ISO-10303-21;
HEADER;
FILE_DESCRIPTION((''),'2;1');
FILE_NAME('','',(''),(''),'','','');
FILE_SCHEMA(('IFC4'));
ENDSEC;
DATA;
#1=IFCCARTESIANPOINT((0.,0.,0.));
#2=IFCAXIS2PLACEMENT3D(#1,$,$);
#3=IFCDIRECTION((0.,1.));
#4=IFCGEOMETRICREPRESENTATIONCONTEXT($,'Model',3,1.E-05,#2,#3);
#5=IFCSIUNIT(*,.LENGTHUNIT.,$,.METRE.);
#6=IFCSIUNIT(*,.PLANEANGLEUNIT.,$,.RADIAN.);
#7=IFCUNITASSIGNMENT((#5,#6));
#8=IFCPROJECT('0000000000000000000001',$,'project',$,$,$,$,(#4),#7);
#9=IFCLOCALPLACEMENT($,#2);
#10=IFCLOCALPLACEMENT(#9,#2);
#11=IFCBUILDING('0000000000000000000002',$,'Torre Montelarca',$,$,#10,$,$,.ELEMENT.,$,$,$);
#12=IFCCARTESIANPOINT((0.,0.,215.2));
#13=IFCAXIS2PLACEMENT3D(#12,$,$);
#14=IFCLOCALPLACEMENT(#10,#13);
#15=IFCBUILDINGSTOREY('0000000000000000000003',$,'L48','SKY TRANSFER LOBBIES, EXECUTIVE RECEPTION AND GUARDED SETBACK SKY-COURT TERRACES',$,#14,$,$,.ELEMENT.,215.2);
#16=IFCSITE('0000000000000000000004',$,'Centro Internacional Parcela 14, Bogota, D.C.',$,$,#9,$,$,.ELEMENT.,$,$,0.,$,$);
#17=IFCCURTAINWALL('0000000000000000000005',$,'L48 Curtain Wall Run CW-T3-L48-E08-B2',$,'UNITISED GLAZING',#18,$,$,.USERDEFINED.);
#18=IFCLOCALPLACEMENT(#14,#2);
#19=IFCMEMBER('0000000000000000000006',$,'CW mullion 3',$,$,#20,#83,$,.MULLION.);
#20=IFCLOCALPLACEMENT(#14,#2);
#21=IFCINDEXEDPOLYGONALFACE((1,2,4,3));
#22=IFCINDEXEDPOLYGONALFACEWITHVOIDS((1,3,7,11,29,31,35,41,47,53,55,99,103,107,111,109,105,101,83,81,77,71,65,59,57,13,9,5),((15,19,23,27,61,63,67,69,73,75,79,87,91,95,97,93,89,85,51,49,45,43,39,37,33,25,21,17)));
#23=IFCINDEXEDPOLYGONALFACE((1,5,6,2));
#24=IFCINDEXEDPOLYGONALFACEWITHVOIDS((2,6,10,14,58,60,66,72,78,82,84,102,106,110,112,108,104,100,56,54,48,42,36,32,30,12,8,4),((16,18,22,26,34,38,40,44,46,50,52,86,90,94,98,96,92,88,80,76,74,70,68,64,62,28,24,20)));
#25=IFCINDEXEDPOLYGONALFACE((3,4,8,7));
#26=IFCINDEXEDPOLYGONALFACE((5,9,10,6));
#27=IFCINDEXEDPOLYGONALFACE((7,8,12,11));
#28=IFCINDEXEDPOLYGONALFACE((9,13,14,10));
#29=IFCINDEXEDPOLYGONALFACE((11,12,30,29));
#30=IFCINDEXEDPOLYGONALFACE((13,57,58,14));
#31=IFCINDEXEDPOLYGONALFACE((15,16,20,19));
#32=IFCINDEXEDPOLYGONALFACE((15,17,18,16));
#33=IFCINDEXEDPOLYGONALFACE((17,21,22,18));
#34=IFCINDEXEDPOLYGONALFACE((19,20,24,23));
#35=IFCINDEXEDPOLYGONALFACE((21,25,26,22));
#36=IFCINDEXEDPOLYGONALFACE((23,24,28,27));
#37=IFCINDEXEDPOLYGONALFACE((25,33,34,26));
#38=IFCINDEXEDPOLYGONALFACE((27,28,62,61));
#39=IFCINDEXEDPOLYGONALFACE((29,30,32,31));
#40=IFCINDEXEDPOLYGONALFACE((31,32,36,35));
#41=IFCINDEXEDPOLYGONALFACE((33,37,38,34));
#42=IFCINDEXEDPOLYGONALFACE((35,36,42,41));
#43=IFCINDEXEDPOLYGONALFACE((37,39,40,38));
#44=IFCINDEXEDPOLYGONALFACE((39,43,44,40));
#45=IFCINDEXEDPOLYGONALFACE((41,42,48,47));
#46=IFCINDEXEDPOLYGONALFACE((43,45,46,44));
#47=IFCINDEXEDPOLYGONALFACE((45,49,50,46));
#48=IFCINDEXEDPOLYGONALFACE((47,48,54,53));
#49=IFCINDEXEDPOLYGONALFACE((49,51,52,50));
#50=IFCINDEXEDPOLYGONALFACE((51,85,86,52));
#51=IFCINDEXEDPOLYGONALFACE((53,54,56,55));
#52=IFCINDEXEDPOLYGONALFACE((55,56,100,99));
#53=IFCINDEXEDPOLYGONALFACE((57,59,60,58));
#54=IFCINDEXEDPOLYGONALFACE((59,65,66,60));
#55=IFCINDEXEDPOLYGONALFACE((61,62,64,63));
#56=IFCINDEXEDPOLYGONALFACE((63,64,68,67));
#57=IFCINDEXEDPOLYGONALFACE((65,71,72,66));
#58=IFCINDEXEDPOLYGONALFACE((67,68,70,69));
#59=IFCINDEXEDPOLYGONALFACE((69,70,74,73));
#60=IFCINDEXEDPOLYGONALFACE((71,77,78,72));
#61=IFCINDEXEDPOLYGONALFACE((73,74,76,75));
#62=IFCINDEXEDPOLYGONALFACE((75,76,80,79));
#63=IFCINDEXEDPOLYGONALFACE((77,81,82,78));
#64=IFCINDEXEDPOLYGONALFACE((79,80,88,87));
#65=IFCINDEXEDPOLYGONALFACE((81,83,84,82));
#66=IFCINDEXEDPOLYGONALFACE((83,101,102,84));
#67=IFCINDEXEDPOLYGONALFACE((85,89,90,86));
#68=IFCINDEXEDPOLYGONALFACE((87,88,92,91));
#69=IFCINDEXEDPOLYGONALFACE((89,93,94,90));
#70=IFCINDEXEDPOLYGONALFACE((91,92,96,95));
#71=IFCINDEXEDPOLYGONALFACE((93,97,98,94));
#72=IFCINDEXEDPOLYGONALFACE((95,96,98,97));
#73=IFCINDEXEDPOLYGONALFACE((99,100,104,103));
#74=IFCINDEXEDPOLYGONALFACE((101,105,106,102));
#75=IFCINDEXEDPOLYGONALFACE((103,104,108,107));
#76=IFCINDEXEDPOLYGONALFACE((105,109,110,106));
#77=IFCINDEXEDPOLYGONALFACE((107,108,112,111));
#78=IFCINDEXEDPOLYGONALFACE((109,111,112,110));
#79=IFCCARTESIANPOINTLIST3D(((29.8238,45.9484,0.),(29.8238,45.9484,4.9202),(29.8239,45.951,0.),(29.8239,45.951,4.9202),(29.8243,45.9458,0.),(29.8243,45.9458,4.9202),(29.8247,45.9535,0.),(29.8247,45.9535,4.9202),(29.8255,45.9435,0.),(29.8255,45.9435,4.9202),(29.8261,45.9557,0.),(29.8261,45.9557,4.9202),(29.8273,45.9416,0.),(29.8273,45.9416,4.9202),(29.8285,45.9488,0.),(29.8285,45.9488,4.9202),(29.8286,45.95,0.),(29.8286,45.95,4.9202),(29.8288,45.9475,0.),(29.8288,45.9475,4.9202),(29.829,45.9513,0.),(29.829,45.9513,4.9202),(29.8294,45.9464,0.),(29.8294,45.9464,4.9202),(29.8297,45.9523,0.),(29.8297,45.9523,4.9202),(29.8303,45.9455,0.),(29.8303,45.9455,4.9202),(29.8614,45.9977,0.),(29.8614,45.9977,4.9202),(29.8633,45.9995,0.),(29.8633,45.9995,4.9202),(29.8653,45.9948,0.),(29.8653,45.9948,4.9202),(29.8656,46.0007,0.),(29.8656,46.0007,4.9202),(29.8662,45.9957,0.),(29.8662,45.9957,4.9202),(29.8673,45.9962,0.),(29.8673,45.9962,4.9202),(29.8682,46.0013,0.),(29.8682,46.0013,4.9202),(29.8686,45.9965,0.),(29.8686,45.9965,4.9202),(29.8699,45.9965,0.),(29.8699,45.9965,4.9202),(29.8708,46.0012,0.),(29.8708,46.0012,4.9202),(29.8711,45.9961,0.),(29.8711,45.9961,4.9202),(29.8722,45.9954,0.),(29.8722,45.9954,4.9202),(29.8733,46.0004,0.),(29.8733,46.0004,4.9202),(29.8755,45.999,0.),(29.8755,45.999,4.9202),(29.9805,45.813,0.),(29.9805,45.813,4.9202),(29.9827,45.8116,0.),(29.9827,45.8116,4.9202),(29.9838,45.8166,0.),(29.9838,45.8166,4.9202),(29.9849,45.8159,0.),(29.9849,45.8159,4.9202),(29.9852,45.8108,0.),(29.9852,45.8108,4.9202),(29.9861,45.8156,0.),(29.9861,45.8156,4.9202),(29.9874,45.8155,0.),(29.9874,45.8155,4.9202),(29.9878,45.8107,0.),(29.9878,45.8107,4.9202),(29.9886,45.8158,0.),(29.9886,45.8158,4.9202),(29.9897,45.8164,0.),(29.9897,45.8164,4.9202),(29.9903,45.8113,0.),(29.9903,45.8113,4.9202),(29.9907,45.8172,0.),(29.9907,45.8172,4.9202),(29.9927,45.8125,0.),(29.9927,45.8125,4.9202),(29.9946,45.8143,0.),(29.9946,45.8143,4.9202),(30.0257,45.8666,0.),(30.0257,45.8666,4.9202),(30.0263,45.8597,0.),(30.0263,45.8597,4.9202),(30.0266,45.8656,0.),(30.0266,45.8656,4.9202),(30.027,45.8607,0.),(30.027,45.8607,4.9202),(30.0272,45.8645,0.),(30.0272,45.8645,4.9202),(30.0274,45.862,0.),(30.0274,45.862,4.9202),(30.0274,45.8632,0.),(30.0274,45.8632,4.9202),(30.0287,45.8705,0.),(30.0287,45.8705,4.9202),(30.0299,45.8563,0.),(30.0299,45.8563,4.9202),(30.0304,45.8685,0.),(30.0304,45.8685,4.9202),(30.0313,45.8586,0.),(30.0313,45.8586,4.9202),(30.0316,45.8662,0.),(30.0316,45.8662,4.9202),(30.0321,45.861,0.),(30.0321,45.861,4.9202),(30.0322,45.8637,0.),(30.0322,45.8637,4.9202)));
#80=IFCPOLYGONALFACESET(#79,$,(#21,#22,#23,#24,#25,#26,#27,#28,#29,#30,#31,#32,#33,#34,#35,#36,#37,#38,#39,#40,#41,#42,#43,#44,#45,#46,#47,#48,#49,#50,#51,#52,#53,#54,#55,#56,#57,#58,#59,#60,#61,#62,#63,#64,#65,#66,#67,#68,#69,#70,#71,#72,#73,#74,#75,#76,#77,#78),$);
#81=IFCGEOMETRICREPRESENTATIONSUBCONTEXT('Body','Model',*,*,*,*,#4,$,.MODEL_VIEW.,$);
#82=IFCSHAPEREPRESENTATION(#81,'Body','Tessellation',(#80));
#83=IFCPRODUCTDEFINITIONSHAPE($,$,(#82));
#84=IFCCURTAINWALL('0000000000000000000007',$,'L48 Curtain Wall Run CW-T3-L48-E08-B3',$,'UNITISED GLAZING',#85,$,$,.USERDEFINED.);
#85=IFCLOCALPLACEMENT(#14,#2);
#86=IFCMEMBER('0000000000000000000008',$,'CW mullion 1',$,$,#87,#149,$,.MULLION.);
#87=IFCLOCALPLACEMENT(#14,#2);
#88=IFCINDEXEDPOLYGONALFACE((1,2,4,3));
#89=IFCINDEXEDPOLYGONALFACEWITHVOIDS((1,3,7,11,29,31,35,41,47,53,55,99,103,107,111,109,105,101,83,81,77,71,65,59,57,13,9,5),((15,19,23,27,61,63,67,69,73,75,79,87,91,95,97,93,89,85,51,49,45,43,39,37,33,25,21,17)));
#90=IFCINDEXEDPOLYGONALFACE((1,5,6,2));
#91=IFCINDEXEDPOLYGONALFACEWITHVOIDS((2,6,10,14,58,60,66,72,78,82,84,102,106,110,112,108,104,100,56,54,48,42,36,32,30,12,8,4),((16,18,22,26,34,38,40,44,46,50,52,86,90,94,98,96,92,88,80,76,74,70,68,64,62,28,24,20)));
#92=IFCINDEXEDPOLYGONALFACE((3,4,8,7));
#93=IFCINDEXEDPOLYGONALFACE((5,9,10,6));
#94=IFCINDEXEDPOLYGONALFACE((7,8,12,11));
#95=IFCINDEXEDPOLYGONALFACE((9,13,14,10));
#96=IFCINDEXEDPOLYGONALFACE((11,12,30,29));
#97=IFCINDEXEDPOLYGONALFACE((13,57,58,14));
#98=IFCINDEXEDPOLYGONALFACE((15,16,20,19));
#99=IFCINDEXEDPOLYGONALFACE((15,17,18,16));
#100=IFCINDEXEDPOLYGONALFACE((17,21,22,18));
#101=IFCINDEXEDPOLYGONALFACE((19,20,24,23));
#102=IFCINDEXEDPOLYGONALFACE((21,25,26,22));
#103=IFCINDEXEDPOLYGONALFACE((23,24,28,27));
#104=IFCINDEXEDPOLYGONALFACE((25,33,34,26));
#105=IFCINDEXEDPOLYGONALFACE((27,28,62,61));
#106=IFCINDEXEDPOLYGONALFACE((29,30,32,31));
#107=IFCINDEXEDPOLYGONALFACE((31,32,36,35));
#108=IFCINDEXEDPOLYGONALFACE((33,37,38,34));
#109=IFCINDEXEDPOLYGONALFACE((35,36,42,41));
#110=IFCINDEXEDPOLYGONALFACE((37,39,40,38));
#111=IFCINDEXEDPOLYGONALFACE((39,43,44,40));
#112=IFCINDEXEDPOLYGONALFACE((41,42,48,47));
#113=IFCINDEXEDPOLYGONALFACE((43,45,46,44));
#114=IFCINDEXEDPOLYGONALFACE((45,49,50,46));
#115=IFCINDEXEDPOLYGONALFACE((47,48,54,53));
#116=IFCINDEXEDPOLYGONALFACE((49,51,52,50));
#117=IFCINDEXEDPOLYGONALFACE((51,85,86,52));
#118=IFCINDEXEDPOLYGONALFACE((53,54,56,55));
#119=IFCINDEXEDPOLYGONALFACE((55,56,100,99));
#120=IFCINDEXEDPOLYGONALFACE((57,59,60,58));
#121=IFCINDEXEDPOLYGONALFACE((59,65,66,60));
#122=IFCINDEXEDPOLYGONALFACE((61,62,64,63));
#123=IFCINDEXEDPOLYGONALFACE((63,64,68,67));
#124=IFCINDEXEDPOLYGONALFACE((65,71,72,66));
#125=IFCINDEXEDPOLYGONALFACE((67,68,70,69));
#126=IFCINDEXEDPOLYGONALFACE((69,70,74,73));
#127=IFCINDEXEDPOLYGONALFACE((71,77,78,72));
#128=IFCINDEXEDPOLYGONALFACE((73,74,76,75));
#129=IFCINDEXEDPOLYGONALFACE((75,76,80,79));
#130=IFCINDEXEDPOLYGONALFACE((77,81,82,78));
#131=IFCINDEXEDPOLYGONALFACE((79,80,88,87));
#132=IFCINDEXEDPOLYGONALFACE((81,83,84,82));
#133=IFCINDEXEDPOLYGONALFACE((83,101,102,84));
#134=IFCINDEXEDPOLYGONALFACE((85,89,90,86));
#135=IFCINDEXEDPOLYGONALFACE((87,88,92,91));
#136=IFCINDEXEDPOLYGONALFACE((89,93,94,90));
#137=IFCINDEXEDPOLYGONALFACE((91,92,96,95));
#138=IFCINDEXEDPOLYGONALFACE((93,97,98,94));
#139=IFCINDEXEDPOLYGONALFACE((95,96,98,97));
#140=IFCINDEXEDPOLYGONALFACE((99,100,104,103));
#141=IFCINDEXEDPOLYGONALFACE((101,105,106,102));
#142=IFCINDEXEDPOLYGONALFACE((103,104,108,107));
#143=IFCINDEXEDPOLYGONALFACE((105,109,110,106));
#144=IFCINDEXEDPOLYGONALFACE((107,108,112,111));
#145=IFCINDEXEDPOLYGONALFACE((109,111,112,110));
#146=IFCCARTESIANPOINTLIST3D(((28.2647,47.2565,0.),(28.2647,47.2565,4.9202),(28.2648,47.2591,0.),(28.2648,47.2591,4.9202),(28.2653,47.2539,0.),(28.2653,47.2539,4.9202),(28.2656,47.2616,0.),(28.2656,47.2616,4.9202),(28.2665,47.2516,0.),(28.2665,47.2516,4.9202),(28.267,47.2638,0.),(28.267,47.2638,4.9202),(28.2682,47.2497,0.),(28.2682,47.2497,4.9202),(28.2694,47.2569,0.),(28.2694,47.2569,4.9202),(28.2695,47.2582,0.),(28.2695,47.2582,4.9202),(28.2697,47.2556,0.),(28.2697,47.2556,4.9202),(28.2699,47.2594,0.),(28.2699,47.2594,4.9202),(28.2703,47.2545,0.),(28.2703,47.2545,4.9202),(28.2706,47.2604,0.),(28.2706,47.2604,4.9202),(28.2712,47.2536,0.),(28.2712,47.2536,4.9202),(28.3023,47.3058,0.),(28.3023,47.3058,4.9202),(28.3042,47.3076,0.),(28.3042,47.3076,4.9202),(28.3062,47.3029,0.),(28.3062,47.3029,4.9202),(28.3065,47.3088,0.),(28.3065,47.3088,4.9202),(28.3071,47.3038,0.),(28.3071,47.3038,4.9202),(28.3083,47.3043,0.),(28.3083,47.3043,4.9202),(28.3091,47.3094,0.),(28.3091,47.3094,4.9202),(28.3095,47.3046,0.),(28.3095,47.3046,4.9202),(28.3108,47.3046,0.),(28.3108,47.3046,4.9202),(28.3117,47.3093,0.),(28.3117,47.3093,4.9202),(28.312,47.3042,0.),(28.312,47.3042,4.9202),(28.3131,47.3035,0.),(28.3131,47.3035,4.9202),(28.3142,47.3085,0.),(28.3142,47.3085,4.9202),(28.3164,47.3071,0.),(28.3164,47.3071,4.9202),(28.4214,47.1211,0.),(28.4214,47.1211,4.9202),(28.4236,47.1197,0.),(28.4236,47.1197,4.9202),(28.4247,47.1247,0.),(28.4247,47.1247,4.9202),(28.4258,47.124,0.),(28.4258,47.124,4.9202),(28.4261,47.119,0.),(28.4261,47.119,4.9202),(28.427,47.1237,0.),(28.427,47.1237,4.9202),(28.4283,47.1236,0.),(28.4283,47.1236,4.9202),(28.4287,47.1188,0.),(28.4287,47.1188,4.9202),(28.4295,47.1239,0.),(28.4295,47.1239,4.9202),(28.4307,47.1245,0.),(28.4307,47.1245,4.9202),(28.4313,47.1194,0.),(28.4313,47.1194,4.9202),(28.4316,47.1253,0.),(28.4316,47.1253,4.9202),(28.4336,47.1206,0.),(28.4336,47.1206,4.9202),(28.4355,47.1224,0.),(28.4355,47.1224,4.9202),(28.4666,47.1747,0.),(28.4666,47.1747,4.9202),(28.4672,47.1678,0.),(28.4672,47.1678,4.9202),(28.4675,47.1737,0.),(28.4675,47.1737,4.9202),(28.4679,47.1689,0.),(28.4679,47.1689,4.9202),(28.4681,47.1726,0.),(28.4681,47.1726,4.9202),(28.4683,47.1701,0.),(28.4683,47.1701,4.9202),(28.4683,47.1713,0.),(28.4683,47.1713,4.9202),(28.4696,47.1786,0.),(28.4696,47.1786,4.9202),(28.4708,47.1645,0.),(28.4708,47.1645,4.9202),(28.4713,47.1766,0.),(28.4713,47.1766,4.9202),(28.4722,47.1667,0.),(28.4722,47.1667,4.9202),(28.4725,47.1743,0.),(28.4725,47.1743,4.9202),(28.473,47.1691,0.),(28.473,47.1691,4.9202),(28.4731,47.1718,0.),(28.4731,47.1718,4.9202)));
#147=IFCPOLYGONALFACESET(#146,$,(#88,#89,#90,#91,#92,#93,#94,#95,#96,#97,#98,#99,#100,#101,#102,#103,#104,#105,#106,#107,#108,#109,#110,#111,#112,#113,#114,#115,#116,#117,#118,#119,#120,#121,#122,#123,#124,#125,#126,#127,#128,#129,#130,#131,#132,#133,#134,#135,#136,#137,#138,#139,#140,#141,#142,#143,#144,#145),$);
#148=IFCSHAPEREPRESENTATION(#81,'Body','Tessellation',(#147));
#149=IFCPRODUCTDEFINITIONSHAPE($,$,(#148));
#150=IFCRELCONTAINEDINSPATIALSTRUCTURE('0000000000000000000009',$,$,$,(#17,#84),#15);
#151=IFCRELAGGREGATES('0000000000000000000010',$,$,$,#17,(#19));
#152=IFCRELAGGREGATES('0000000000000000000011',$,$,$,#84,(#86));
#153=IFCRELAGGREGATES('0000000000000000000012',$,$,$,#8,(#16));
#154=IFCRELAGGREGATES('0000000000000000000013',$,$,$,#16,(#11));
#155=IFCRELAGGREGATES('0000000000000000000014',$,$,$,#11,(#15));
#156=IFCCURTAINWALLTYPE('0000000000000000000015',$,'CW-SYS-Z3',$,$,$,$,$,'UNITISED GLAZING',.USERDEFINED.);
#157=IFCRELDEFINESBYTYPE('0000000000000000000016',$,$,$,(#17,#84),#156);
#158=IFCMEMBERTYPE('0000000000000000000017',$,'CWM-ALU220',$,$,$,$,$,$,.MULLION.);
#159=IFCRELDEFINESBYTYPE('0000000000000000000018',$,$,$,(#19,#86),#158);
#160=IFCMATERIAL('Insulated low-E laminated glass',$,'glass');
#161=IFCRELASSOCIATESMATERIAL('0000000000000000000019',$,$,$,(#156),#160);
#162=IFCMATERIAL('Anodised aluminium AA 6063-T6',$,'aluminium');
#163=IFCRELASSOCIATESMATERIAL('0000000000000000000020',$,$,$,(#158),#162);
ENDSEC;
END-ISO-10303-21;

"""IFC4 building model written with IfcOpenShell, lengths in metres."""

from ifc_helpers import new_model, si_unit, direction, frame, origin, origin_2d, place, context, subcontext, project, spatial, hollow_rectangle, extrude, source, transform, mapped, material, material_profile, profile_set, type_object, element, aggregate, save


model = new_model("IFC4")

# Units and contexts
model_context = context("Model", 3, precision=1e-05, world=origin(), true_north=direction((0.0, 1.0)))
body_context = subcontext(model_context, "Body", "Model", "MODEL_VIEW")
ifc_project = project(units=[si_unit("LENGTHUNIT", "METRE"), si_unit("PLANEANGLEUNIT", "RADIAN")], contexts=[model_context])

# Site, building, storey
site_placement = place(None, origin())
site = spatial("IfcSite", under=ifc_project, at=site_placement, Name="Centro Internacional Parcela 14, Bogota, D.C.", CompositionType="ELEMENT", RefElevation=0.0)
building_placement = place(site_placement, origin())
building = spatial("IfcBuilding", under=site, at=building_placement, Name="Torre Montelarca", CompositionType="ELEMENT")
storey_placement = place(building_placement, frame((0.0, 0.0, 215.2)))
storey = spatial("IfcBuildingStorey", under=building, at=storey_placement, Name="L48", Description="SKY TRANSFER LOBBIES, EXECUTIVE RECEPTION AND GUARDED SETBACK SKY-COURT TERRACES", CompositionType="ELEMENT", Elevation=215.2)

# Shared definitions
ifc_material_1 = material(Name="Insulated low-E laminated glass", Category="glass")
curtain_wall_type = type_object("IfcCurtainWallType", Name="CW-SYS-Z3", ElementType="UNITISED GLAZING", PredefinedType="USERDEFINED", material=ifc_material_1)
ifc_material_2 = material(Name="Anodised aluminium AA 6063-T6", Category="aluminium")
ifc_material_profile_1 = material_profile(ifc_material_2, hollow_rectangle(XDim=0.075, YDim=0.22, WallThickness=0.0049, InnerFilletRadius=0.0049, OuterFilletRadius=0.01, at=origin_2d()), Name="ALU75X220X5", Category="aluminium")
ifc_profile_set_1 = profile_set([ifc_material_profile_1], Name="Anodised aluminium AA 6063-T6")
member_type_1 = type_object("IfcMemberType", Name="CWM-ALU220", PredefinedType="MULLION", material=ifc_profile_set_1)
shared_shape_1 = source(origin(), body_context, "Body", "SweptSolid", [
    extrude(hollow_rectangle(XDim=0.075, YDim=0.22, WallThickness=0.0049, InnerFilletRadius=0.0049, OuterFilletRadius=0.01, at=origin_2d()), origin(), (0.0, 0.0, 1.0), 4.9202),
])

# Curtain walls, members
curtain_wall_1_placement = place(storey_placement, origin())
curtain_wall_1 = element("IfcCurtainWall", 1, at=curtain_wall_1_placement, inside=storey, type_object=curtain_wall_type, Name="L48 Curtain Wall Run CW-T3-L48-E08-B2", ObjectType="UNITISED GLAZING", PredefinedType="USERDEFINED")
member_1_placement = place(storey_placement, frame((29.928, 45.906, 0.0), z_axis=(0.0, 0.0, 1.0), x_axis=(-0.642789, -0.766043, 0.0)))
member_1 = element("IfcMember", 2, at=member_1_placement, type_object=member_type_1, Name="CW mullion 3", PredefinedType="MULLION", context=body_context, shape_type="MappedRepresentation", body=[
    mapped(shared_shape_1, transform((0.0, 0.0, 0.0), scale=1.0)),
])
curtain_wall_2_placement = place(storey_placement, origin())
curtain_wall_2 = element("IfcCurtainWall", 3, at=curtain_wall_2_placement, inside=storey, type_object=curtain_wall_type, Name="L48 Curtain Wall Run CW-T3-L48-E08-B3", ObjectType="UNITISED GLAZING", PredefinedType="USERDEFINED")
member_2_placement = place(storey_placement, frame((28.3689, 47.2141, 0.0), z_axis=(0.0, 0.0, 1.0), x_axis=(-0.642789, -0.766043, 0.0)))
member_2 = element("IfcMember", 4, at=member_2_placement, type_object=member_type_1, Name="CW mullion 1", PredefinedType="MULLION", context=body_context, shape_type="MappedRepresentation", body=[
    mapped(shared_shape_1, transform((0.0, 0.0, 0.0), scale=1.0)),
])

aggregate(curtain_wall_1, [member_1])
aggregate(curtain_wall_2, [member_2])

save(model, "model.ifc")
